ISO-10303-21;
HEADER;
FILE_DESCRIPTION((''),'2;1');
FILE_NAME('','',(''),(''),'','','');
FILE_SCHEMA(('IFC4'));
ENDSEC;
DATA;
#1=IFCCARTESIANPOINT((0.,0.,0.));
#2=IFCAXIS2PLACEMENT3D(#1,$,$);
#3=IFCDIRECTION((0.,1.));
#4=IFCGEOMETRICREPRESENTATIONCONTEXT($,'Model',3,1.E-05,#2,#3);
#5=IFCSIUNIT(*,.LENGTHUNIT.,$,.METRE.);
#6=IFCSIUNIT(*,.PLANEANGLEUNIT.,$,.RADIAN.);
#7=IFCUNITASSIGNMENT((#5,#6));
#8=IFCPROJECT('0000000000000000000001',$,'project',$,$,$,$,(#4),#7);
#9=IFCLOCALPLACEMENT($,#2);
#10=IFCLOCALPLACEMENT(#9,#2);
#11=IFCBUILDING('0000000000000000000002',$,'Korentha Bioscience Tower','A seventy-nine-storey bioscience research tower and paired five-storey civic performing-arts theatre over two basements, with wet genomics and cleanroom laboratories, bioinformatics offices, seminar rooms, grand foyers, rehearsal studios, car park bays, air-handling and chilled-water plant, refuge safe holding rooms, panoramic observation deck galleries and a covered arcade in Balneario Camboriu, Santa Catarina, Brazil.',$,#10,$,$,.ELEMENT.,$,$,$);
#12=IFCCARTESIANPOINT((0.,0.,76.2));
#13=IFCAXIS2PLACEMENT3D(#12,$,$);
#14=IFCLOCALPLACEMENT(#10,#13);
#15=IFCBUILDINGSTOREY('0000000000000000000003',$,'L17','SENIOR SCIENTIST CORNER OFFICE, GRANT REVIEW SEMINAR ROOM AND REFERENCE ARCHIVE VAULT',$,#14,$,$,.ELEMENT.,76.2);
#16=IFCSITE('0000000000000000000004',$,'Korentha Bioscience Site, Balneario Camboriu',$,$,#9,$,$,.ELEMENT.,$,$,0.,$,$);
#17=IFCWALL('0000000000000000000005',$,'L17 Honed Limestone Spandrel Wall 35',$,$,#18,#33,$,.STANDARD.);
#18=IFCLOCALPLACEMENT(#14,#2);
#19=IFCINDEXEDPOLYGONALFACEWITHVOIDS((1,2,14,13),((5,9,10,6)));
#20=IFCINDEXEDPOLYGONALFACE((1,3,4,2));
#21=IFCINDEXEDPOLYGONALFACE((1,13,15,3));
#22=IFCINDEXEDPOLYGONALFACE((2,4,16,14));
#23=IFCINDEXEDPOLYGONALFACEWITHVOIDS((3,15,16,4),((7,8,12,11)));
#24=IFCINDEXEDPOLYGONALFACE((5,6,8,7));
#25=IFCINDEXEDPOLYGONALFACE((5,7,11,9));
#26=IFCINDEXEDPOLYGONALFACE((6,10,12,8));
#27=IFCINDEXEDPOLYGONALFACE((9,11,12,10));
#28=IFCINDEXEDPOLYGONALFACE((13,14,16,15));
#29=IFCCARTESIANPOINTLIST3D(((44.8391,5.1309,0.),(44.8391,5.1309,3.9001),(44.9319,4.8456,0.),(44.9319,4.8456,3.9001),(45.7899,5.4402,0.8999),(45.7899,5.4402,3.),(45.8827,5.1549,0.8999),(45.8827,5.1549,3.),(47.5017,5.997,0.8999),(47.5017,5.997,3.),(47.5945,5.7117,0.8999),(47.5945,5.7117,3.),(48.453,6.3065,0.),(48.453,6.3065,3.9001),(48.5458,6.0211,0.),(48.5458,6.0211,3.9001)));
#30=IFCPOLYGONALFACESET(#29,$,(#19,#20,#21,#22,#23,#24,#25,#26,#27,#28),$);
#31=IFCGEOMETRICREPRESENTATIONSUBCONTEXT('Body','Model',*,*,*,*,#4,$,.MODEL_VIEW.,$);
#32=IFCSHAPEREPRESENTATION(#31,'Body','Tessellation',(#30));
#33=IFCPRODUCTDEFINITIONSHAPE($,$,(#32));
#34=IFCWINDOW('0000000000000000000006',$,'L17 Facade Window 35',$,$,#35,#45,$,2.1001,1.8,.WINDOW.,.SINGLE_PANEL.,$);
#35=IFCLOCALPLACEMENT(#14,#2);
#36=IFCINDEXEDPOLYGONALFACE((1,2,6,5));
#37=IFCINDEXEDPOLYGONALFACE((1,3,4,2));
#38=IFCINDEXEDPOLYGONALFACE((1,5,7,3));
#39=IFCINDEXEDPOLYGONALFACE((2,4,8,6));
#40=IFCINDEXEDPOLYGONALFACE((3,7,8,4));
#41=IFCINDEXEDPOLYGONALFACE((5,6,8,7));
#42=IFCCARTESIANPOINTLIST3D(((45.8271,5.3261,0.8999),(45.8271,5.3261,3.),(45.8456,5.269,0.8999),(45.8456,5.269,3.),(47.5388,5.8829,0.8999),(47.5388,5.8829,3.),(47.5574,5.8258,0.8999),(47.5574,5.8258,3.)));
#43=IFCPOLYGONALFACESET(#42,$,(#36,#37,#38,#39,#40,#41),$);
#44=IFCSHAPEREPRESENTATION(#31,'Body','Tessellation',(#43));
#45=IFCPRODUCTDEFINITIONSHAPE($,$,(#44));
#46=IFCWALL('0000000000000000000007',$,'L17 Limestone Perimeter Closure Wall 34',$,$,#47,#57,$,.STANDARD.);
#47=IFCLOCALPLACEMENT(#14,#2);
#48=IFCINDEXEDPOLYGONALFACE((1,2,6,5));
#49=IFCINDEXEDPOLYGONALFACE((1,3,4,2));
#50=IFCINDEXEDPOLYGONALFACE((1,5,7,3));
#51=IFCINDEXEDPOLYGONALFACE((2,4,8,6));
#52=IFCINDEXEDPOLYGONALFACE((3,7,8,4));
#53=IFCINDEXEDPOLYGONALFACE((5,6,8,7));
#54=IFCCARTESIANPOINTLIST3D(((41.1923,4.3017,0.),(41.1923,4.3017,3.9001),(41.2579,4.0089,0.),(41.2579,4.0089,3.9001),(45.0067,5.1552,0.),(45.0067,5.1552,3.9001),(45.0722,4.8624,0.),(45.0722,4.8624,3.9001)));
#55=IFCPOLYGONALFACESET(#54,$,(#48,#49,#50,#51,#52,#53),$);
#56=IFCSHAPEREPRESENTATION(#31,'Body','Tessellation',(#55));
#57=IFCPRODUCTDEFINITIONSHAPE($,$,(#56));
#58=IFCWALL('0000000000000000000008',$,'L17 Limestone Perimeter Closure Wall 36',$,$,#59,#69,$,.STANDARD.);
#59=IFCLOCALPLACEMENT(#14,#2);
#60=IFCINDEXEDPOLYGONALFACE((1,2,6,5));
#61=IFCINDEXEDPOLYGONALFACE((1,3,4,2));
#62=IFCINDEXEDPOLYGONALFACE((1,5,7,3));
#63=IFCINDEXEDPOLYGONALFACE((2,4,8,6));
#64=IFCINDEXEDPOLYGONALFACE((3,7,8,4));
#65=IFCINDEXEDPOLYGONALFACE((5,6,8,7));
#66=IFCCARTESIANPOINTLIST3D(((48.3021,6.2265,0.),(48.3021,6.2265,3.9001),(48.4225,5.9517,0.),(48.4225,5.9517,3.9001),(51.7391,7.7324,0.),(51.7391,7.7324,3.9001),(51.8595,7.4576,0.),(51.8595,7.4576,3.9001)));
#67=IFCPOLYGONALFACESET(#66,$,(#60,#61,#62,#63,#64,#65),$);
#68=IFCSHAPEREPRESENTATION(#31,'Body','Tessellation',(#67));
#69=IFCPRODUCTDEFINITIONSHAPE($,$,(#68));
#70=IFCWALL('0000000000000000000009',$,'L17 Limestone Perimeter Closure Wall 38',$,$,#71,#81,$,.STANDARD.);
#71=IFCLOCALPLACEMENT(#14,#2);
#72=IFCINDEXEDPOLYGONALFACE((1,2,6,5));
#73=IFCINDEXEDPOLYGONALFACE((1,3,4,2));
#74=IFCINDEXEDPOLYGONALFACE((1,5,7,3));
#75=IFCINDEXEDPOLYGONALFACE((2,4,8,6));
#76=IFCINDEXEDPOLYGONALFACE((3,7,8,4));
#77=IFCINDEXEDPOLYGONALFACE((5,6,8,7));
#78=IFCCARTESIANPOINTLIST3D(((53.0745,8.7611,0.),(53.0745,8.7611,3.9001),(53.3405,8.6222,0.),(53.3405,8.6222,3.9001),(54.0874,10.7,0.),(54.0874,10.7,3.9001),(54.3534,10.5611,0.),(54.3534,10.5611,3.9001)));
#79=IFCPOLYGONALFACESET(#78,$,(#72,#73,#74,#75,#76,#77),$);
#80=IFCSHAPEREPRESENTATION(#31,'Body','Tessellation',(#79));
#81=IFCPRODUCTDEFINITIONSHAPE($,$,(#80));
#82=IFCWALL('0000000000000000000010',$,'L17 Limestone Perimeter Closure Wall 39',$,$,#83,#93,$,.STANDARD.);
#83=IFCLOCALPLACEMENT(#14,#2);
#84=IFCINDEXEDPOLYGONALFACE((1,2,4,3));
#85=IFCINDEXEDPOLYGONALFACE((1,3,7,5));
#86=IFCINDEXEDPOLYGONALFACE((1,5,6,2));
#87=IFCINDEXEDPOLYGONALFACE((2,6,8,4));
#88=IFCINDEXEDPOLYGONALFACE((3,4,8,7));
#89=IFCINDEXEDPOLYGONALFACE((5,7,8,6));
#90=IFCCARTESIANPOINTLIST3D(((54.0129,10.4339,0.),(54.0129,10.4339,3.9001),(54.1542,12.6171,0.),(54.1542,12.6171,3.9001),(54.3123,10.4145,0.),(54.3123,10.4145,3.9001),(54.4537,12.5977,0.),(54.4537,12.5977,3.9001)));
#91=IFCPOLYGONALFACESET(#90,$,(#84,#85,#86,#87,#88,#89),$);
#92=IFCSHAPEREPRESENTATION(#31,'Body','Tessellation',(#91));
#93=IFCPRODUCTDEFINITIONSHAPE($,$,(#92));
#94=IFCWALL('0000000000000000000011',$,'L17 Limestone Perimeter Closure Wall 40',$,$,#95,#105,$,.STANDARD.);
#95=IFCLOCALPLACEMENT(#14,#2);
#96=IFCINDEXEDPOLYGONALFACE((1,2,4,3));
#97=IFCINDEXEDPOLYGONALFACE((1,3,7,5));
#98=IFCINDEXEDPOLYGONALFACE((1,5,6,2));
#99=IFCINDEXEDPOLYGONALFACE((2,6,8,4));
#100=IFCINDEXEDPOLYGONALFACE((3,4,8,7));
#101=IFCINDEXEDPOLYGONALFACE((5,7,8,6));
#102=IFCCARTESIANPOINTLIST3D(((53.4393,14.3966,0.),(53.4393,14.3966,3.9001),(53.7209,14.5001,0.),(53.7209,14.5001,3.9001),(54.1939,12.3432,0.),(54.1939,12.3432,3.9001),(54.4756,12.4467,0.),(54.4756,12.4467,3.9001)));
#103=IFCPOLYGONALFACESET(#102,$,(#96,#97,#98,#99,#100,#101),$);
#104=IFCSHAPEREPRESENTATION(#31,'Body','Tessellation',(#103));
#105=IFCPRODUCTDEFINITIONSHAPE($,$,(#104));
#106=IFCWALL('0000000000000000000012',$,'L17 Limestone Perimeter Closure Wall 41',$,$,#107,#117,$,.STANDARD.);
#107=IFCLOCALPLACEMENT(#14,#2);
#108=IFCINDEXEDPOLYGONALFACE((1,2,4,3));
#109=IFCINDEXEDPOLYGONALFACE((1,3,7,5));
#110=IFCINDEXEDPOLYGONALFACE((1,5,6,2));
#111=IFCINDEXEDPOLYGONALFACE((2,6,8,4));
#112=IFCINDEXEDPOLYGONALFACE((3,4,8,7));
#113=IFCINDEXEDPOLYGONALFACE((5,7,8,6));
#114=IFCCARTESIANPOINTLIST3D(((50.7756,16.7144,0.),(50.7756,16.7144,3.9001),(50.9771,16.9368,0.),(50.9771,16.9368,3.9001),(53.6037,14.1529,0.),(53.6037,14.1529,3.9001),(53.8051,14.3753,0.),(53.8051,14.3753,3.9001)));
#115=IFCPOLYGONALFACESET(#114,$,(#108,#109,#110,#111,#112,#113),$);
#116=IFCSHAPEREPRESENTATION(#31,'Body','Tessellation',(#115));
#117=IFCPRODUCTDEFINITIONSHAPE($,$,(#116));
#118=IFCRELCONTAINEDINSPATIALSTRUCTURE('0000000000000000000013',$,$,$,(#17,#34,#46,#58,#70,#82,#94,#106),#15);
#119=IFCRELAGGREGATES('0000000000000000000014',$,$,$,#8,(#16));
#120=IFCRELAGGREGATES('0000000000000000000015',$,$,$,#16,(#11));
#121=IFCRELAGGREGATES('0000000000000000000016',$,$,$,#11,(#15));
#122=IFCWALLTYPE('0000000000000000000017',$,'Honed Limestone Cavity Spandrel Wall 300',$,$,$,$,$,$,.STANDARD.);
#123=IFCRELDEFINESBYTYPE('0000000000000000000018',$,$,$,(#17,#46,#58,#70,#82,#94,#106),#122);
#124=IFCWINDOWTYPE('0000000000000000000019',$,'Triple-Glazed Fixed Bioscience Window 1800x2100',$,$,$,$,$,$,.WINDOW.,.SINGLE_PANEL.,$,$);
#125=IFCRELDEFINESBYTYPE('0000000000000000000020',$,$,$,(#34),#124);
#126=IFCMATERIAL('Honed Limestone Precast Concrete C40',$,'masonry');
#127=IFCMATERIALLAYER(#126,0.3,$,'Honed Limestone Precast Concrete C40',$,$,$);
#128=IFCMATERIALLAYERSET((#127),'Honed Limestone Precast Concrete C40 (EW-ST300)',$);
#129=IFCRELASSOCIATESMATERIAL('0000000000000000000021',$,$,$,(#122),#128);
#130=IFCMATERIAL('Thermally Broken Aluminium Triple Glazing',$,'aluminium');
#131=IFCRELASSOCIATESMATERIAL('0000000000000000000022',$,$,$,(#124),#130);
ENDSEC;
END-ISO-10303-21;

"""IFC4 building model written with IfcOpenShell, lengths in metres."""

from ifc_helpers import new_model, si_unit, direction, frame, frame_2d, origin, place, context, subcontext, project, spatial, rectangle, extrude, material, layer, layer_set, type_object, element, fill, save


model = new_model("IFC4")

# Units and contexts
model_context = context("Model", 3, precision=1e-05, world=origin(), true_north=direction((0.0, 1.0)))
body_context = subcontext(model_context, "Body", "Model", "MODEL_VIEW")
ifc_project = project(units=[si_unit("LENGTHUNIT", "METRE"), si_unit("PLANEANGLEUNIT", "RADIAN")], contexts=[model_context])

# Site, building, storey
site_placement = place(None, origin())
site = spatial("IfcSite", under=ifc_project, at=site_placement, Name="Korentha Bioscience Site, Balneario Camboriu", CompositionType="ELEMENT", RefElevation=0.0)
building_placement = place(site_placement, origin())
building = spatial("IfcBuilding", under=site, at=building_placement, Name="Korentha Bioscience Tower", Description="A seventy-nine-storey bioscience research tower and paired five-storey civic performing-arts theatre over two basements, with wet genomics and cleanroom laboratories, bioinformatics offices, seminar rooms, grand foyers, rehearsal studios, car park bays, air-handling and chilled-water plant, refuge safe holding rooms, panoramic observation deck galleries and a covered arcade in Balneario Camboriu, Santa Catarina, Brazil.", CompositionType="ELEMENT")
storey_placement = place(building_placement, frame((0.0, 0.0, 76.2)))
storey = spatial("IfcBuildingStorey", under=building, at=storey_placement, Name="L17", Description="SENIOR SCIENTIST CORNER OFFICE, GRANT REVIEW SEMINAR ROOM AND REFERENCE ARCHIVE VAULT", CompositionType="ELEMENT", Elevation=76.2)

# Wall, opening, window
ifc_material_1 = material(Name="Honed Limestone Precast Concrete C40", Category="masonry")
ifc_layer_1 = layer(ifc_material_1, 0.3, Name="Honed Limestone Precast Concrete C40")
ifc_layer_set_1 = layer_set([ifc_layer_1], Name="Honed Limestone Precast Concrete C40 (EW-ST300)")
wall_type_1 = type_object("IfcWallType", Name="Honed Limestone Cavity Spandrel Wall 300", PredefinedType="STANDARD", material=ifc_layer_set_1)
wall_1_placement = place(storey_placement, frame((44.8855, 4.9883, 0.0), z_axis=(0.0, 0.0, 1.0), x_axis=(0.950958, 0.30932, 0.0)))
wall_1 = element("IfcWall", 1, at=wall_1_placement, inside=storey, type_object=wall_type_1, Name="L17 Honed Limestone Spandrel Wall 35", PredefinedType="STANDARD", context=body_context, shape_type="SweptSolid", body=[
    extrude(rectangle(XDim=3.8003, YDim=0.3, at=frame_2d((1.9001, 0.0))), origin(), (0.0, 0.0, 1.0), 3.9001),
])
opening_placement = place(wall_1_placement, frame((1.0, 0.0, 0.8999)))
opening = element("IfcOpeningElement", 2, at=opening_placement, cuts=wall_1, PredefinedType="OPENING", context=body_context, shape_type="SweptSolid", body=[
    extrude(rectangle(XDim=1.8, YDim=2.1001, at=frame_2d((0.8999, 1.05))), frame((0.0, 0.165, 0.0), z_axis=(0.0, -1.0, 0.0), x_axis=(1.0, 0.0, 0.0)), (0.0, 0.0, 1.0), 0.3298),
])
ifc_material_2 = material(Name="Thermally Broken Aluminium Triple Glazing", Category="aluminium")
window_type = type_object("IfcWindowType", Name="Triple-Glazed Fixed Bioscience Window 1800x2100", PartitioningType="SINGLE_PANEL", PredefinedType="WINDOW", material=ifc_material_2)
window_placement = place(opening_placement, origin())
window = element("IfcWindow", 3, at=window_placement, inside=storey, type_object=window_type, Name="L17 Facade Window 35", OverallHeight=2.1001, OverallWidth=1.8, PartitioningType="SINGLE_PANEL", PredefinedType="WINDOW", context=body_context, shape_type="SweptSolid", body=[
    extrude(rectangle(XDim=1.8, YDim=2.1001, at=frame_2d((0.8999, 1.05))), frame((0.0, 0.03, 0.0), z_axis=(0.0, -1.0, 0.0), x_axis=(1.0, 0.0, 0.0)), (0.0, 0.0, 1.0), 0.0601),
])
fill(opening, window)

# Walls
wall_2_placement = place(storey_placement, frame((41.2251, 4.1553, 0.0), z_axis=(0.0, 0.0, 1.0), x_axis=(0.975869, 0.218359, 0.0)))
element("IfcWall", 4, at=wall_2_placement, inside=storey, type_object=wall_type_1, Name="L17 Limestone Perimeter Closure Wall 34", PredefinedType="STANDARD", context=body_context, shape_type="SweptSolid", body=[
    extrude(rectangle(XDim=3.9087, YDim=0.3, at=frame_2d((1.9543, 0.0))), origin(), (0.0, 0.0, 1.0), 3.9001),
])
wall_3_placement = place(storey_placement, frame((48.3623, 6.0891, 0.0), z_axis=(0.0, 0.0, 1.0), x_axis=(0.915945, 0.401303, 0.0)))
element("IfcWall", 5, at=wall_3_placement, inside=storey, type_object=wall_type_1, Name="L17 Limestone Perimeter Closure Wall 36", PredefinedType="STANDARD", context=body_context, shape_type="SweptSolid", body=[
    extrude(rectangle(XDim=3.7524, YDim=0.3, at=frame_2d((1.8762, 0.0))), origin(), (0.0, 0.0, 1.0), 3.9001),
])
wall_4_placement = place(storey_placement, frame((53.2075, 8.6917, 0.0), z_axis=(0.0, 0.0, 1.0), x_axis=(0.463035, 0.88634, 0.0)))
element("IfcWall", 6, at=wall_4_placement, inside=storey, type_object=wall_type_1, Name="L17 Limestone Perimeter Closure Wall 38", PredefinedType="STANDARD", context=body_context, shape_type="SweptSolid", body=[
    extrude(rectangle(XDim=2.1875, YDim=0.3, at=frame_2d((1.0938, 0.0))), origin(), (0.0, 0.0, 1.0), 3.9001),
])
for number, where, z_axis, x_axis, name in (
    (7, (54.1626, 10.4243, 0.0), (0.0, 0.0, 1.0), (0.064615, 0.99791, 0.0), "L17 Limestone Perimeter Closure Wall 39"),
    (8, (54.3347, 12.395, 0.0), (0.0, 0.0, 1.0), (-0.34494, 0.938625, 0.0), "L17 Limestone Perimeter Closure Wall 40"),
):
    element("IfcWall", number, at=place(storey_placement, frame(where, z_axis=z_axis, x_axis=x_axis)), inside=storey, type_object=wall_type_1, Name=name, PredefinedType="STANDARD", context=body_context, shape_type="SweptSolid", body=[
        extrude(rectangle(XDim=2.1877, YDim=0.3, at=frame_2d((1.0938, 0.0))), origin(), (0.0, 0.0, 1.0), 3.9001),
    ])
wall_5_placement = place(storey_placement, frame((53.7043, 14.2642, 0.0), z_axis=(0.0, 0.0, 1.0), x_axis=(-0.741178, 0.671309, 0.0)))
element("IfcWall", 9, at=wall_5_placement, inside=storey, type_object=wall_type_1, Name="L17 Limestone Perimeter Closure Wall 41", PredefinedType="STANDARD", context=body_context, shape_type="SweptSolid", body=[
    extrude(rectangle(XDim=3.8157, YDim=0.3, at=frame_2d((1.9077, 0.0))), origin(), (0.0, 0.0, 1.0), 3.9001),
])

save(model, "model.ifc")
